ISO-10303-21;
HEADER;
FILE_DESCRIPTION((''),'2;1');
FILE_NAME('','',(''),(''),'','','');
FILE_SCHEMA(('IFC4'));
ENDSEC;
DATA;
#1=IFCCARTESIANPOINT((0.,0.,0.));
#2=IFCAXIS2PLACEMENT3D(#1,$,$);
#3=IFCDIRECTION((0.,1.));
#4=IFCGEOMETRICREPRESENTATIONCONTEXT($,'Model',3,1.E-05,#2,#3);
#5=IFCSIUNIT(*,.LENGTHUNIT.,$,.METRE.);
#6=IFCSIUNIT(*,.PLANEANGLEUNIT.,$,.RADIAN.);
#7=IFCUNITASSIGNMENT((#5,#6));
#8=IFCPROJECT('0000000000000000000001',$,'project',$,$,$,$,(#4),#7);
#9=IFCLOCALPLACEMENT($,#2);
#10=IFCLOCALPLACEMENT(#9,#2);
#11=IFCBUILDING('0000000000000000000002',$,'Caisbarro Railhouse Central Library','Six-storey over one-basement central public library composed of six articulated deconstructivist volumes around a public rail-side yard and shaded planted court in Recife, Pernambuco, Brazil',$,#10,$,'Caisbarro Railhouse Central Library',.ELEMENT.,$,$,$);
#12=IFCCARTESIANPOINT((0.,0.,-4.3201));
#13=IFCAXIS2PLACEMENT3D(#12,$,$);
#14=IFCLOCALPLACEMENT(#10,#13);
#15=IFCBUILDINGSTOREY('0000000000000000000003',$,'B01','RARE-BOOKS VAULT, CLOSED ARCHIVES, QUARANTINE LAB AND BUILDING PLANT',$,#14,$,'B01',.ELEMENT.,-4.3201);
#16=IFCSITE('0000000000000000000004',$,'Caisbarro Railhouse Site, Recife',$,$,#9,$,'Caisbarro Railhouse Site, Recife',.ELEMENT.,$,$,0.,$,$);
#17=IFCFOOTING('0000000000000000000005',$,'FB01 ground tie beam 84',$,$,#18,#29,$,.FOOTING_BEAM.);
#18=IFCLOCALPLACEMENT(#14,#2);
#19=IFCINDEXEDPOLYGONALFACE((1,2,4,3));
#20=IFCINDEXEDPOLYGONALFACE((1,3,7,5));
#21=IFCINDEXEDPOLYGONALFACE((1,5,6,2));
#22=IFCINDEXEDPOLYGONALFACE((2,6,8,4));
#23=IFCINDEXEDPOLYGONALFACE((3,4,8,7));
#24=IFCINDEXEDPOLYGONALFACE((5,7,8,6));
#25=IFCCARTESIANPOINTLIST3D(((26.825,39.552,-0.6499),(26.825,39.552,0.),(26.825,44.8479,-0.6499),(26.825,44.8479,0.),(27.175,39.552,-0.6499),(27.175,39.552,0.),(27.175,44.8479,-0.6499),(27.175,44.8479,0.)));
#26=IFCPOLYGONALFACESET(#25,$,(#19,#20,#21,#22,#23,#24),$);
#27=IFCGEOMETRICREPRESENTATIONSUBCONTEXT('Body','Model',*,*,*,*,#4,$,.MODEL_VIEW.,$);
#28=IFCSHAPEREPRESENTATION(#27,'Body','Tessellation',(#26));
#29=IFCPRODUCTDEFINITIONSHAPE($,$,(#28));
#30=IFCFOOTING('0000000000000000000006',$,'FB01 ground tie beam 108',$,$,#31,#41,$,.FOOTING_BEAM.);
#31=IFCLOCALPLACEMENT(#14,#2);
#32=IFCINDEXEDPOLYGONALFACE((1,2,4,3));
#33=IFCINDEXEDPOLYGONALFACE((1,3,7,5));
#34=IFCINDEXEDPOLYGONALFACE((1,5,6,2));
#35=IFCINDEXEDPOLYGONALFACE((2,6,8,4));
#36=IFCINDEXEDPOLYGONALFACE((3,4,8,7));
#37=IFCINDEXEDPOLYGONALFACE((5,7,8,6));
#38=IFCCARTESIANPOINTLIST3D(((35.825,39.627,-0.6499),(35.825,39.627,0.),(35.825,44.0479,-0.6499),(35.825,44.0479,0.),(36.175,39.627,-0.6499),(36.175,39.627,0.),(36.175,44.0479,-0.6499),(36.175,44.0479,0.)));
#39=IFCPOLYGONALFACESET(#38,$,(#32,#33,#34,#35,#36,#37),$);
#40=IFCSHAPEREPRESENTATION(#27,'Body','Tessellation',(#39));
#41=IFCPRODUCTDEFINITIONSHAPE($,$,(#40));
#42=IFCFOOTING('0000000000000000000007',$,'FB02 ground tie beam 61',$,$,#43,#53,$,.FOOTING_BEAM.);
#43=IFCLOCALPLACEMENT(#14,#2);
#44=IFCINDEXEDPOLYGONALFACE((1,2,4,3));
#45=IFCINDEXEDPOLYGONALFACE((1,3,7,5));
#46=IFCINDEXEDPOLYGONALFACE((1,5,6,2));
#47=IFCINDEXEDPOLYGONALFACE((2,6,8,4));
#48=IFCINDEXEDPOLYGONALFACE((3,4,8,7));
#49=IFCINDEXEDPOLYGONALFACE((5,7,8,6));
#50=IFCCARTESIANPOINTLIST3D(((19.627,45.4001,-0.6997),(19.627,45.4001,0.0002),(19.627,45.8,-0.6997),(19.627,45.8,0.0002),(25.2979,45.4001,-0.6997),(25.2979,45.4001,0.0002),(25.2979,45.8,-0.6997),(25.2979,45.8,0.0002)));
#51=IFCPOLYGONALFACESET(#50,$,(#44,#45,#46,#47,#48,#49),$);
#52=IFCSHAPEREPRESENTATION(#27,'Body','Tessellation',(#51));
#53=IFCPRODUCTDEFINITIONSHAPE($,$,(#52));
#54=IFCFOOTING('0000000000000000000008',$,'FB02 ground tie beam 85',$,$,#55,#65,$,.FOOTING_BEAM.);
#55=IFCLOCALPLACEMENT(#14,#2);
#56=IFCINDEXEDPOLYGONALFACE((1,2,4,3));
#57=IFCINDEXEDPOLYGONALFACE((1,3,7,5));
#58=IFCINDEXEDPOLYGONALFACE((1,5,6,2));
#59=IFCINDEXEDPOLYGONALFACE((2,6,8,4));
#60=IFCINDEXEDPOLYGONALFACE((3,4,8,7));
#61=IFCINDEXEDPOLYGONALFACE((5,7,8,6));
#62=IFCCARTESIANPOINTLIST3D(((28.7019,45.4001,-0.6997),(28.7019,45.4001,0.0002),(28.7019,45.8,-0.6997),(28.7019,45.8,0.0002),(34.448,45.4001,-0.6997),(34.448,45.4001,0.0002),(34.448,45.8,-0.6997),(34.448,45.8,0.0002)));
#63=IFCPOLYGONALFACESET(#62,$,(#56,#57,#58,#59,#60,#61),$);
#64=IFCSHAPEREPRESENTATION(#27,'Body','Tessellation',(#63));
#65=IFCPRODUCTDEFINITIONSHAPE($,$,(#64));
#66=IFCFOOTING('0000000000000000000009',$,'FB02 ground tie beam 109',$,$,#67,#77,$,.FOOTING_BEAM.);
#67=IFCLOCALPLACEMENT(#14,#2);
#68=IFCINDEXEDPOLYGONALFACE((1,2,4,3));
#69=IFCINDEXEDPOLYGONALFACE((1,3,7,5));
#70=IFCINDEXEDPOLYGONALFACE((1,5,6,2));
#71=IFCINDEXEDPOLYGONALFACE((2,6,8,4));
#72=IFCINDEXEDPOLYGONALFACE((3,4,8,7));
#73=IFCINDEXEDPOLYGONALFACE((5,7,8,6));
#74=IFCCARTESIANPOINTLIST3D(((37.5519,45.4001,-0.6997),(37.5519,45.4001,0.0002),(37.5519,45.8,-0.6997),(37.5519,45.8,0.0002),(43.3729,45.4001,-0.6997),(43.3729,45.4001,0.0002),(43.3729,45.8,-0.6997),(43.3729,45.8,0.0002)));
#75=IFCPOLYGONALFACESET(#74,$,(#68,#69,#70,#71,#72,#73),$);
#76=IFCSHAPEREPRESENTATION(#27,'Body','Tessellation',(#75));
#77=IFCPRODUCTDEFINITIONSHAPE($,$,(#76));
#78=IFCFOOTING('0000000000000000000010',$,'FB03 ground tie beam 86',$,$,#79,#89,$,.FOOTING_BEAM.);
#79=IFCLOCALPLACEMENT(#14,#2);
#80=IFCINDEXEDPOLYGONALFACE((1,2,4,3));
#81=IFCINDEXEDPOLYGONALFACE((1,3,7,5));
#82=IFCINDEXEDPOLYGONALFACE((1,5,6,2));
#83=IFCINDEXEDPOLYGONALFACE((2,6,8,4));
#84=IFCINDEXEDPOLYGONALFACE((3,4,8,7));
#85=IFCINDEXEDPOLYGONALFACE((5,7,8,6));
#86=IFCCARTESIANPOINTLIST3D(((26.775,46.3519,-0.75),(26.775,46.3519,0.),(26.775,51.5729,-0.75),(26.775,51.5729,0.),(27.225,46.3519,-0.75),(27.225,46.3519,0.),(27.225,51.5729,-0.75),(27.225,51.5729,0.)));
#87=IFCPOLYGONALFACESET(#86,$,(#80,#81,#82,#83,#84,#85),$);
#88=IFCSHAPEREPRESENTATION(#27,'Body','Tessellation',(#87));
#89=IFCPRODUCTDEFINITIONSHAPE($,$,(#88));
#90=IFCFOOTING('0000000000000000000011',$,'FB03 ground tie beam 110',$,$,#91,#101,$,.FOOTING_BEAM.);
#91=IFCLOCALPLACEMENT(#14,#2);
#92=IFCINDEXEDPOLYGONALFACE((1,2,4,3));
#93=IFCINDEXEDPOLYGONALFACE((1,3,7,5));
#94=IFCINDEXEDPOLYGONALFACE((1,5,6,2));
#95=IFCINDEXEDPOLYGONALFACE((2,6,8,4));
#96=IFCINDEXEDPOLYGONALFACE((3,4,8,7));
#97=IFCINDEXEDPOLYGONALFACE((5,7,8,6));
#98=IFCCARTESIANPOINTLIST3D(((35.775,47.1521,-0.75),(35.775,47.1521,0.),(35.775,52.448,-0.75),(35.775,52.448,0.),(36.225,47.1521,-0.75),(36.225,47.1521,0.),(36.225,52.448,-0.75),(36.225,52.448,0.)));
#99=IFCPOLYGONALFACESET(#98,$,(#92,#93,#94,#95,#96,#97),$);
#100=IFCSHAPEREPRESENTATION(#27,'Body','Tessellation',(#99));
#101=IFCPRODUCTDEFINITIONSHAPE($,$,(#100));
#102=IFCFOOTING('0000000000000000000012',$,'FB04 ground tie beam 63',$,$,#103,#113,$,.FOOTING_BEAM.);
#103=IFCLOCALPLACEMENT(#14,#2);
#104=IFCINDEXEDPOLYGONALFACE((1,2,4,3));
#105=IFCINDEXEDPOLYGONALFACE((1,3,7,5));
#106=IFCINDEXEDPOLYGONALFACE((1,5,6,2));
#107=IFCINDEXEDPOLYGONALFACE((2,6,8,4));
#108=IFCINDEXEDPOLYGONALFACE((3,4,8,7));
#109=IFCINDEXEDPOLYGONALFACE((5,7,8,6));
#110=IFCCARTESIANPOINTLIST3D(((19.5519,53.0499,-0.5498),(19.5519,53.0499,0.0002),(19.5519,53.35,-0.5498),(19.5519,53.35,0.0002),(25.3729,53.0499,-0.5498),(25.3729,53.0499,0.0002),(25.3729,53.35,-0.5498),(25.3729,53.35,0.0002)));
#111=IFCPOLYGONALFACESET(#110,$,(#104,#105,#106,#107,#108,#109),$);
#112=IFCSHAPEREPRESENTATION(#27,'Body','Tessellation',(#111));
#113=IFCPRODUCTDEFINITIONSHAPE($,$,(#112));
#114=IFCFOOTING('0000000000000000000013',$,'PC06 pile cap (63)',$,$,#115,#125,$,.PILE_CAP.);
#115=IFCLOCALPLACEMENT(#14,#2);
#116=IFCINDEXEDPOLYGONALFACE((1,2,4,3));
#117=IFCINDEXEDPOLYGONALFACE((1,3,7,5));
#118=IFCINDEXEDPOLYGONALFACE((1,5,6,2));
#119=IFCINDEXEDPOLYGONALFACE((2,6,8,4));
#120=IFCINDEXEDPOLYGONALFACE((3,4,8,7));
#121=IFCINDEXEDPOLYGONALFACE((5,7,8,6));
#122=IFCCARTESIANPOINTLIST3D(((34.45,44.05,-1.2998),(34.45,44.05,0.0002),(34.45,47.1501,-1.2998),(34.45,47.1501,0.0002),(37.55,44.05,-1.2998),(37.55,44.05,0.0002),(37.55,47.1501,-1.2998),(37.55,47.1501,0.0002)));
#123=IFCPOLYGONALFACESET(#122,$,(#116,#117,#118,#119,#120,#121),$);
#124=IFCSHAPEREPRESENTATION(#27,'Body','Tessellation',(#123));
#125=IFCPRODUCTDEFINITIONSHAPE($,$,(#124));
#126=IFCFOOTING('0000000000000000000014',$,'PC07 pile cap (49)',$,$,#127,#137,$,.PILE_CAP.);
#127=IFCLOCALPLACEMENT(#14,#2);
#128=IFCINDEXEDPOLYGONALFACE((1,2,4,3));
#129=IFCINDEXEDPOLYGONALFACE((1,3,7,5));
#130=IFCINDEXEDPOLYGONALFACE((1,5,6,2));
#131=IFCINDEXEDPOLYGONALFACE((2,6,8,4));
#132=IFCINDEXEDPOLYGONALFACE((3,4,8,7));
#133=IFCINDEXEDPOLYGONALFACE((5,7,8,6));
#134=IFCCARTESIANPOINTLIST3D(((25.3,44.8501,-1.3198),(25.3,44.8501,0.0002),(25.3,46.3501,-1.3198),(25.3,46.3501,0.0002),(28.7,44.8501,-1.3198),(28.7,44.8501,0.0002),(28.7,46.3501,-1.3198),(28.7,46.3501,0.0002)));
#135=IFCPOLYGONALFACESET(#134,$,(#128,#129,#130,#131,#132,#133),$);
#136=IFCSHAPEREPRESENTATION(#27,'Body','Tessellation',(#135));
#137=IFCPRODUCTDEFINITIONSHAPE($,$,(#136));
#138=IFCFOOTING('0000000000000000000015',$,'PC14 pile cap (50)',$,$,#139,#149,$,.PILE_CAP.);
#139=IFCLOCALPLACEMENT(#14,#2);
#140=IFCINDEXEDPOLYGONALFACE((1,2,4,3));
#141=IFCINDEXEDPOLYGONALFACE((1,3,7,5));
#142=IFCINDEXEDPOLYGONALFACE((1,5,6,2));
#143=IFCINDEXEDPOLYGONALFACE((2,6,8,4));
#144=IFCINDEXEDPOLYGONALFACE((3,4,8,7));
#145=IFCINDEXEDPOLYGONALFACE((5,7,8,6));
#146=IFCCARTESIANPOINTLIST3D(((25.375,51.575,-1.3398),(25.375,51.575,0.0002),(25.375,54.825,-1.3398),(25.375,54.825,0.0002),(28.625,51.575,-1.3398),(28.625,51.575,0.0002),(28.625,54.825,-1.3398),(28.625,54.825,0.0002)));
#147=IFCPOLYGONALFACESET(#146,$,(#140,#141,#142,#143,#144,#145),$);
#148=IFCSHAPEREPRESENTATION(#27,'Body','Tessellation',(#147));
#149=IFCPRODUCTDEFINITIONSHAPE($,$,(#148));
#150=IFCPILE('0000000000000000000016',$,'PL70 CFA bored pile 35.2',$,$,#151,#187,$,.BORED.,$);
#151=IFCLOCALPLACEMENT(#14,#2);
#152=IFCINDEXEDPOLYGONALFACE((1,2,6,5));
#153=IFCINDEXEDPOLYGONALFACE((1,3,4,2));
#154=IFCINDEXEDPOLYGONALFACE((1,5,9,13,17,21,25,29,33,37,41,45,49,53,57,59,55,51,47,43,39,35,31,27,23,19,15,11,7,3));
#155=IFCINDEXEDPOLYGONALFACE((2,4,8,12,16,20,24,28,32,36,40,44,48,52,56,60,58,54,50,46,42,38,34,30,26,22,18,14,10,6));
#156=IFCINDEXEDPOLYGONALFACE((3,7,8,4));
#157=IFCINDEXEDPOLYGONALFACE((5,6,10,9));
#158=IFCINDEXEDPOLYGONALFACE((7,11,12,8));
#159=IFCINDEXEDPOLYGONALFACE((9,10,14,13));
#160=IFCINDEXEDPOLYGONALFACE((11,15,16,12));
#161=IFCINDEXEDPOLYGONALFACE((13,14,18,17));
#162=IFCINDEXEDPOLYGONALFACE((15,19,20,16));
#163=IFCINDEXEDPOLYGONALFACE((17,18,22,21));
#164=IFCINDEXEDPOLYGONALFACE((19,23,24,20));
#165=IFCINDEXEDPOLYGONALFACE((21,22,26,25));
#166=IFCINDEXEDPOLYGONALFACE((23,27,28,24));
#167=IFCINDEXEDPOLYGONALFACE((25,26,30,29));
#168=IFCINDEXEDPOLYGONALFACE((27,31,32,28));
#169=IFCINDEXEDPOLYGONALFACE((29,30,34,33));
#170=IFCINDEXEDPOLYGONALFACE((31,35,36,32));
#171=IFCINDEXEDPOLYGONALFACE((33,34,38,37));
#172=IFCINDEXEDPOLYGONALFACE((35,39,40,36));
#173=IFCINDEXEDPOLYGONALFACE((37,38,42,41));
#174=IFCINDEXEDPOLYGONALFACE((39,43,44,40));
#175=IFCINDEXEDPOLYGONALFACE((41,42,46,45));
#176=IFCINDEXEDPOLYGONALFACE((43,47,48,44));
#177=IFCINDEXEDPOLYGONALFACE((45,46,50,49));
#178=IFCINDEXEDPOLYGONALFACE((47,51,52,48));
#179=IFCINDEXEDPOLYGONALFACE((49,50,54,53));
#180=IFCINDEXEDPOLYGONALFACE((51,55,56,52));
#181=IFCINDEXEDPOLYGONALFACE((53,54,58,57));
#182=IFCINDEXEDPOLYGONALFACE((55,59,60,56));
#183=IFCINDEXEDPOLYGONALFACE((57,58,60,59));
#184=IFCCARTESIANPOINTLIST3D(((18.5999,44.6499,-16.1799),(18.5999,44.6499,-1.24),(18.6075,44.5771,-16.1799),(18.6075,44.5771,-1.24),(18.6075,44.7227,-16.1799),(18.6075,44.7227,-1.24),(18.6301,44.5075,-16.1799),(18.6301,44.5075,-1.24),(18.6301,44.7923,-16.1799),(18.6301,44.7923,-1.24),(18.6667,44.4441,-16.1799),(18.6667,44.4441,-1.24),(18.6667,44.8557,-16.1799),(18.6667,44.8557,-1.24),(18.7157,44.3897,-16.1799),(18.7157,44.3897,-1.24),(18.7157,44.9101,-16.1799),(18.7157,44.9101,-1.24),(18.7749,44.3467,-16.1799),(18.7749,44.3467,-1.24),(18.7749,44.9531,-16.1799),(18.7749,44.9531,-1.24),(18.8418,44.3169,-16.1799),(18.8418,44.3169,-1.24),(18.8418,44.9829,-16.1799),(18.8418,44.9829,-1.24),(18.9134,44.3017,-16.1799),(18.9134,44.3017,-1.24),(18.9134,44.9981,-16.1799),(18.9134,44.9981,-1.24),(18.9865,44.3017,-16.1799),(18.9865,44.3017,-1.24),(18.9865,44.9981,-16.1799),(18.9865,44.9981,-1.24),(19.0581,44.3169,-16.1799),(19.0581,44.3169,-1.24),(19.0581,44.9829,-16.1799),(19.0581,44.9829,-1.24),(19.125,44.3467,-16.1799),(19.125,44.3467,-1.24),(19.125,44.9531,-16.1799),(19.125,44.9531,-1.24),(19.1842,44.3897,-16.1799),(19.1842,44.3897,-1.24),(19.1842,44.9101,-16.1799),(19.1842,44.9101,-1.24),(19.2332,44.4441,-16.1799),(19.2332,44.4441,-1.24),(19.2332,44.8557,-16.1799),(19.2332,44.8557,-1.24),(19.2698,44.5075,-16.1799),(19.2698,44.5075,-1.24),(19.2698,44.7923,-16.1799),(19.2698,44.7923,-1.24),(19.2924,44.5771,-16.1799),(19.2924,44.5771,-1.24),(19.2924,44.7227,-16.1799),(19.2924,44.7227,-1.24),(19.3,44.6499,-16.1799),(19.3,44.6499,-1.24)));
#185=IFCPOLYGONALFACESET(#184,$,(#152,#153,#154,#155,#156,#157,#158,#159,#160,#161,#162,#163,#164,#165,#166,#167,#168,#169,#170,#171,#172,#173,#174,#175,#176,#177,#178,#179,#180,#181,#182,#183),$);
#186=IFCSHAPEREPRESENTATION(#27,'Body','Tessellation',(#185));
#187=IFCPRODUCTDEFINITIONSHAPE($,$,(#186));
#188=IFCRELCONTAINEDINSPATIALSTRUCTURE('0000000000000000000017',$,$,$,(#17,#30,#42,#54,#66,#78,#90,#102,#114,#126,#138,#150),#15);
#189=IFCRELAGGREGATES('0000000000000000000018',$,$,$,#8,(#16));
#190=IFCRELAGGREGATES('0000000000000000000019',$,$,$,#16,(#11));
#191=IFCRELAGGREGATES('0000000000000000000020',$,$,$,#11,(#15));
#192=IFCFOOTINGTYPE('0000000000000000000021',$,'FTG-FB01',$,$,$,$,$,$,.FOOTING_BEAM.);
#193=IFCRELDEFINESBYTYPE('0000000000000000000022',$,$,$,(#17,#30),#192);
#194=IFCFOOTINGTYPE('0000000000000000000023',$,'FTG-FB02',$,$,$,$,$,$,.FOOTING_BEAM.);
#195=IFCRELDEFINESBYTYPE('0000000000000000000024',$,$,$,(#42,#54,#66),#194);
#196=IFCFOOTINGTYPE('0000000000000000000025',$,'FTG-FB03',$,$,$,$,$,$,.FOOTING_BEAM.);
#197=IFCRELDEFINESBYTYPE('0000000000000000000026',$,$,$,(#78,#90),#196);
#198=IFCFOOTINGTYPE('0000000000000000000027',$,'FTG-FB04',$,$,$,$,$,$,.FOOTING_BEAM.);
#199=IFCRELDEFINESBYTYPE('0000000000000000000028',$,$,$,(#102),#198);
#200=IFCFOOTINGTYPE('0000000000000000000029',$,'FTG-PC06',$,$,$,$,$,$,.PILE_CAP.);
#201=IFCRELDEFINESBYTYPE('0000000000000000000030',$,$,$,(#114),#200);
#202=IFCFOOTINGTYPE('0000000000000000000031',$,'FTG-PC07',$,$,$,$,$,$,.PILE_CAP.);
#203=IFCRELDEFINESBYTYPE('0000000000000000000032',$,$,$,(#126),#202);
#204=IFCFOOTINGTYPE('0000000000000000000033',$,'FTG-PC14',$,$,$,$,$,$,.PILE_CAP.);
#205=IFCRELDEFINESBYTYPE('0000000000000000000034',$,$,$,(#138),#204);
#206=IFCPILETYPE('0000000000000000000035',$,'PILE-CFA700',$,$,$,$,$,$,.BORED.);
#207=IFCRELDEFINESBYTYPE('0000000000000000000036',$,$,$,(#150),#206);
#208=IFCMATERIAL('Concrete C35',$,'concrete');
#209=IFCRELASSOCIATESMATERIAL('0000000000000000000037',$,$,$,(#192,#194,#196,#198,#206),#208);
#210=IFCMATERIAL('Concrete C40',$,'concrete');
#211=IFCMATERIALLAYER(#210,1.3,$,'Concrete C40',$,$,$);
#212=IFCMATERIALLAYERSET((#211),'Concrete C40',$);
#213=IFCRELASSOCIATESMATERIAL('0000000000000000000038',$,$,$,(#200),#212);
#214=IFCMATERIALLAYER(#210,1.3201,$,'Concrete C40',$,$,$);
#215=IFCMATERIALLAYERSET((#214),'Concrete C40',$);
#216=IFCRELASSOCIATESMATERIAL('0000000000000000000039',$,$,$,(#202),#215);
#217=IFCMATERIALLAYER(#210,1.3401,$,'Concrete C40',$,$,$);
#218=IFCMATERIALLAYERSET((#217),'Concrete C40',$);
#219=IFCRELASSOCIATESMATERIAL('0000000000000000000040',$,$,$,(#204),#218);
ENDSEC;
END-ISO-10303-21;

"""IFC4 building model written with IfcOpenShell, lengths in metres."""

from ifc_helpers import new_model, si_unit, direction, frame, origin, origin_2d, place, context, subcontext, project, spatial, rectangle, circle, extrude, material, layer, layer_set, material_profile, profile_set, type_object, element, save


model = new_model("IFC4")

# Units and contexts
model_context = context("Model", 3, precision=1e-05, world=origin(), true_north=direction((0.0, 1.0)))
body_context = subcontext(model_context, "Body", "Model", "MODEL_VIEW")
ifc_project = project(units=[si_unit("LENGTHUNIT", "METRE"), si_unit("PLANEANGLEUNIT", "RADIAN")], contexts=[model_context])

# Site, building, storey
site_placement = place(None, origin())
site = spatial("IfcSite", under=ifc_project, at=site_placement, Name="Caisbarro Railhouse Site, Recife", LongName="Caisbarro Railhouse Site, Recife", CompositionType="ELEMENT", RefElevation=0.0)
building_placement = place(site_placement, origin())
building = spatial("IfcBuilding", under=site, at=building_placement, Name="Caisbarro Railhouse Central Library", Description="Six-storey over one-basement central public library composed of six articulated deconstructivist volumes around a public rail-side yard and shaded planted court in Recife, Pernambuco, Brazil", LongName="Caisbarro Railhouse Central Library", CompositionType="ELEMENT")
storey_placement = place(building_placement, frame((0.0, 0.0, -4.3201)))
storey = spatial("IfcBuildingStorey", under=building, at=storey_placement, Name="B01", Description="RARE-BOOKS VAULT, CLOSED ARCHIVES, QUARANTINE LAB AND BUILDING PLANT", LongName="B01", CompositionType="ELEMENT", Elevation=-4.3201)

# Footings
ifc_material_1 = material(Name="Concrete C35", Category="concrete")
footing_type_1 = type_object("IfcFootingType", Name="FTG-FB01", PredefinedType="FOOTING_BEAM", material=ifc_material_1)
footing_1_placement = place(storey_placement, frame((27.0, 42.2, -0.6499), z_axis=(0.0, 0.0, 1.0), x_axis=(0.0, 1.0, 0.0)))
element("IfcFooting", 1, at=footing_1_placement, inside=storey, type_object=footing_type_1, Name="FB01 ground tie beam 84", PredefinedType="FOOTING_BEAM", context=body_context, shape_type="SweptSolid", body=[
    extrude(rectangle(XDim=5.2959, YDim=0.3501, at=origin_2d()), origin(), (0.0, 0.0, 1.0), 0.6499),
])
footing_2_placement = place(storey_placement, frame((36.0, 41.8374, -0.6499), z_axis=(0.0, 0.0, 1.0), x_axis=(0.0, 1.0, 0.0)))
element("IfcFooting", 2, at=footing_2_placement, inside=storey, type_object=footing_type_1, Name="FB01 ground tie beam 108", PredefinedType="FOOTING_BEAM", context=body_context, shape_type="SweptSolid", body=[
    extrude(rectangle(XDim=4.4209, YDim=0.3501, at=origin_2d()), origin(), (0.0, 0.0, 1.0), 0.6499),
])
footing_type_2 = type_object("IfcFootingType", Name="FTG-FB02", PredefinedType="FOOTING_BEAM", material=ifc_material_1)
footing_3_placement = place(storey_placement, frame((22.4624, 45.6001, -0.6997), z_axis=(0.0, 0.0, 1.0), x_axis=(1.0, 0.0, 0.0)))
element("IfcFooting", 3, at=footing_3_placement, inside=storey, type_object=footing_type_2, Name="FB02 ground tie beam 61", PredefinedType="FOOTING_BEAM", context=body_context, shape_type="SweptSolid", body=[
    extrude(rectangle(XDim=5.6709, YDim=0.3999, at=origin_2d()), origin(), (0.0, 0.0, 1.0), 0.7),
])
footing_4_placement = place(storey_placement, frame((31.575, 45.6001, -0.6997), z_axis=(0.0, 0.0, 1.0), x_axis=(1.0, 0.0, 0.0)))
element("IfcFooting", 4, at=footing_4_placement, inside=storey, type_object=footing_type_2, Name="FB02 ground tie beam 85", PredefinedType="FOOTING_BEAM", context=body_context, shape_type="SweptSolid", body=[
    extrude(rectangle(XDim=5.7461, YDim=0.3999, at=origin_2d()), origin(), (0.0, 0.0, 1.0), 0.7),
])
footing_5_placement = place(storey_placement, frame((40.4624, 45.6001, -0.6997), z_axis=(0.0, 0.0, 1.0), x_axis=(1.0, 0.0, 0.0)))
element("IfcFooting", 5, at=footing_5_placement, inside=storey, type_object=footing_type_2, Name="FB02 ground tie beam 109", PredefinedType="FOOTING_BEAM", context=body_context, shape_type="SweptSolid", body=[
    extrude(rectangle(XDim=5.821, YDim=0.3999, at=origin_2d()), origin(), (0.0, 0.0, 1.0), 0.7),
])
footing_type_3 = type_object("IfcFootingType", Name="FTG-FB03", PredefinedType="FOOTING_BEAM", material=ifc_material_1)
footing_6_placement = place(storey_placement, frame((27.0, 48.9624, -0.75), z_axis=(0.0, 0.0, 1.0), x_axis=(0.0, 1.0, 0.0)))
element("IfcFooting", 6, at=footing_6_placement, inside=storey, type_object=footing_type_3, Name="FB03 ground tie beam 86", PredefinedType="FOOTING_BEAM", context=body_context, shape_type="SweptSolid", body=[
    extrude(rectangle(XDim=5.2209, YDim=0.45, at=origin_2d()), origin(), (0.0, 0.0, 1.0), 0.75),
])
footing_7_placement = place(storey_placement, frame((36.0, 49.8, -0.75), z_axis=(0.0, 0.0, 1.0), x_axis=(0.0, 1.0, 0.0)))
element("IfcFooting", 7, at=footing_7_placement, inside=storey, type_object=footing_type_3, Name="FB03 ground tie beam 110", PredefinedType="FOOTING_BEAM", context=body_context, shape_type="SweptSolid", body=[
    extrude(rectangle(XDim=5.2959, YDim=0.45, at=origin_2d()), origin(), (0.0, 0.0, 1.0), 0.75),
])
footing_type_4 = type_object("IfcFootingType", Name="FTG-FB04", PredefinedType="FOOTING_BEAM", material=ifc_material_1)
footing_8_placement = place(storey_placement, frame((22.4624, 53.2, -0.5498), z_axis=(0.0, 0.0, 1.0), x_axis=(1.0, 0.0, 0.0)))
element("IfcFooting", 8, at=footing_8_placement, inside=storey, type_object=footing_type_4, Name="FB04 ground tie beam 63", PredefinedType="FOOTING_BEAM", context=body_context, shape_type="SweptSolid", body=[
    extrude(rectangle(XDim=5.821, YDim=0.3, at=origin_2d()), origin(), (0.0, 0.0, 1.0), 0.55),
])
ifc_material_2 = material(Name="Concrete C40", Category="concrete")
ifc_layer_1 = layer(ifc_material_2, 1.3, Name="Concrete C40")
ifc_layer_set_1 = layer_set([ifc_layer_1], Name="Concrete C40")
footing_type_5 = type_object("IfcFootingType", Name="FTG-PC06", PredefinedType="PILE_CAP", material=ifc_layer_set_1)
footing_9_placement = place(storey_placement, frame((36.0, 45.6001, -1.2998), z_axis=(0.0, 0.0, 1.0), x_axis=(1.0, 0.0, 0.0)))
element("IfcFooting", 9, at=footing_9_placement, inside=storey, type_object=footing_type_5, Name="PC06 pile cap (63)", PredefinedType="PILE_CAP", context=body_context, shape_type="SweptSolid", body=[
    extrude(rectangle(XDim=3.1001, YDim=3.1001, at=origin_2d()), origin(), (0.0, 0.0, 1.0), 1.3),
])
ifc_layer_2 = layer(ifc_material_2, 1.3201, Name="Concrete C40")
ifc_layer_set_2 = layer_set([ifc_layer_2], Name="Concrete C40")
footing_type_6 = type_object("IfcFootingType", Name="FTG-PC07", PredefinedType="PILE_CAP", material=ifc_layer_set_2)
footing_10_placement = place(storey_placement, frame((27.0, 45.6001, -1.3198), z_axis=(0.0, 0.0, 1.0), x_axis=(1.0, 0.0, 0.0)))
element("IfcFooting", 10, at=footing_10_placement, inside=storey, type_object=footing_type_6, Name="PC07 pile cap (49)", PredefinedType="PILE_CAP", context=body_context, shape_type="SweptSolid", body=[
    extrude(rectangle(XDim=3.3999, YDim=1.5, at=origin_2d()), origin(), (0.0, 0.0, 1.0), 1.3201),
])
ifc_layer_3 = layer(ifc_material_2, 1.3401, Name="Concrete C40")
ifc_layer_set_3 = layer_set([ifc_layer_3], Name="Concrete C40")
footing_type_7 = type_object("IfcFootingType", Name="FTG-PC14", PredefinedType="PILE_CAP", material=ifc_layer_set_3)
footing_11_placement = place(storey_placement, frame((27.0, 53.2, -1.3398), z_axis=(0.0, 0.0, 1.0), x_axis=(1.0, 0.0, 0.0)))
element("IfcFooting", 11, at=footing_11_placement, inside=storey, type_object=footing_type_7, Name="PC14 pile cap (50)", PredefinedType="PILE_CAP", context=body_context, shape_type="SweptSolid", body=[
    extrude(rectangle(XDim=3.25, YDim=3.25, at=origin_2d()), origin(), (0.0, 0.0, 1.0), 1.3401),
])

# Pile
ifc_material_profile_1 = material_profile(ifc_material_1, circle(Radius=0.3501, at=origin_2d()), Name="PILE-CFA-700")
ifc_profile_set_1 = profile_set([ifc_material_profile_1], Name="Concrete C35")
pile_type_1 = type_object("IfcPileType", Name="PILE-CFA700", PredefinedType="BORED", material=ifc_profile_set_1)
for number, where, z_axis, x_axis, name in (
    (12, (18.95, 44.6499, -1.24), (0.0, 0.0, -1.0), (1.0, 0.0, 0.0), "PL70 CFA bored pile 35.2"),
):
    element("IfcPile", number, at=place(storey_placement, frame(where, z_axis=z_axis, x_axis=x_axis)), inside=storey, type_object=pile_type_1, Name=name, PredefinedType="BORED", context=body_context, shape_type="SweptSolid", body=[
        extrude(circle(Radius=0.3501, at=origin_2d()), origin(), (0.0, 0.0, 1.0), 14.9399),
    ])

save(model, "model.ifc")
